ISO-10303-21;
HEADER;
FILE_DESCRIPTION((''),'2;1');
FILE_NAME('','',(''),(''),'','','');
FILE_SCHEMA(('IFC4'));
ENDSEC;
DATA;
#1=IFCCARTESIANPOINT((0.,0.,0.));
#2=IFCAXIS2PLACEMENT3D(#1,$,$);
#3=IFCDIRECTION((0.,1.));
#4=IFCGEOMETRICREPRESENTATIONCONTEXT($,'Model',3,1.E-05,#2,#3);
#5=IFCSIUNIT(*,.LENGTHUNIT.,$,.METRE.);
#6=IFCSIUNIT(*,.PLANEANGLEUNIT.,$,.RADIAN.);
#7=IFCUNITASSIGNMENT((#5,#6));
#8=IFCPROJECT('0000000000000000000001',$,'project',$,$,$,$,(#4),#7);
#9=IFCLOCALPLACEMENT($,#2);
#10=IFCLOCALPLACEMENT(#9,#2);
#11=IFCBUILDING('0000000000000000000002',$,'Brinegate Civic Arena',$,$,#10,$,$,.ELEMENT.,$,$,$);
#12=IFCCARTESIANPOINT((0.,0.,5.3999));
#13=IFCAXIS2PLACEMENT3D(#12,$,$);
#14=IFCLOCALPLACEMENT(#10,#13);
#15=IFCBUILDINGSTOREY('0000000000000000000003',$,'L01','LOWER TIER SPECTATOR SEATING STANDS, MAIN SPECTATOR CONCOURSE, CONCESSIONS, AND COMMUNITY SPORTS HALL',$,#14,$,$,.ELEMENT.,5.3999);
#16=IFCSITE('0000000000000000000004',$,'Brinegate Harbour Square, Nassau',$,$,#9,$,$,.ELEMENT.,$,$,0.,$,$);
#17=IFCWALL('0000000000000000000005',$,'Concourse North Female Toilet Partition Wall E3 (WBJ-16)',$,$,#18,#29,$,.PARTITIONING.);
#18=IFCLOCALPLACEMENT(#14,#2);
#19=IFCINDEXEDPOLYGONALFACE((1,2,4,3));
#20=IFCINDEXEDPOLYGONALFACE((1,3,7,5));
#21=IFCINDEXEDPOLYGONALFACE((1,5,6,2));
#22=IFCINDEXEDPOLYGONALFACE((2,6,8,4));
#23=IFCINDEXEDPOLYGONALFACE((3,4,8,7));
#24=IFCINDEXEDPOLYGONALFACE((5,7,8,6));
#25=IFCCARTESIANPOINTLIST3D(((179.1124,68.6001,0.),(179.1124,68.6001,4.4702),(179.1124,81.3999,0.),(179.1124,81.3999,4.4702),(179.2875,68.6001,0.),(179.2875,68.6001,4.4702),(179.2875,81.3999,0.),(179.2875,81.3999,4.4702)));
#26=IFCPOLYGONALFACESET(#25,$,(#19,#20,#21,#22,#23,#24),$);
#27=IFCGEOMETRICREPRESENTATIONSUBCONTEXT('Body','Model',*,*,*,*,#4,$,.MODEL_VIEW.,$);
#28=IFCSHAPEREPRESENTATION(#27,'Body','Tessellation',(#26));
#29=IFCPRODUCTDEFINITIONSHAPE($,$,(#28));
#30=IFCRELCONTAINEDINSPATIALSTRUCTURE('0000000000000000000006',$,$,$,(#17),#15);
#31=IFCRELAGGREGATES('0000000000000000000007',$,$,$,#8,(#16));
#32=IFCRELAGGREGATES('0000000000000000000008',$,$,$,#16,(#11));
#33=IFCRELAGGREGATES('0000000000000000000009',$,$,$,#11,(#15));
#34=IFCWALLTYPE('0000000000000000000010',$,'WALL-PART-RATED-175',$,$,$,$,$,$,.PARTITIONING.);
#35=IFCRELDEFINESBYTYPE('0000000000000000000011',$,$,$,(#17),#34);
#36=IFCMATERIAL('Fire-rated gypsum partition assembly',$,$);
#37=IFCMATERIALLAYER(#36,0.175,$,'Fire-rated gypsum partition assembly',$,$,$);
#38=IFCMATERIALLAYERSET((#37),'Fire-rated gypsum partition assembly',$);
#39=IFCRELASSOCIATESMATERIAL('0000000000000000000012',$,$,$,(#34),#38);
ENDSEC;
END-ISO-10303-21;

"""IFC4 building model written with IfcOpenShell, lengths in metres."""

from ifc_helpers import new_model, si_unit, direction, frame, frame_2d, origin, place, context, subcontext, project, spatial, rectangle, extrude, material, layer, layer_set, type_object, element, save


model = new_model("IFC4")

# Units and contexts
model_context = context("Model", 3, precision=1e-05, world=origin(), true_north=direction((0.0, 1.0)))
body_context = subcontext(model_context, "Body", "Model", "MODEL_VIEW")
ifc_project = project(units=[si_unit("LENGTHUNIT", "METRE"), si_unit("PLANEANGLEUNIT", "RADIAN")], contexts=[model_context])

# Site, building, storey
site_placement = place(None, origin())
site = spatial("IfcSite", under=ifc_project, at=site_placement, Name="Brinegate Harbour Square, Nassau", CompositionType="ELEMENT", RefElevation=0.0)
building_placement = place(site_placement, origin())
building = spatial("IfcBuilding", under=site, at=building_placement, Name="Brinegate Civic Arena", CompositionType="ELEMENT")
storey_placement = place(building_placement, frame((0.0, 0.0, 5.3999)))
storey = spatial("IfcBuildingStorey", under=building, at=storey_placement, Name="L01", Description="LOWER TIER SPECTATOR SEATING STANDS, MAIN SPECTATOR CONCOURSE, CONCESSIONS, AND COMMUNITY SPORTS HALL", CompositionType="ELEMENT", Elevation=5.3999)

# Shared definitions
ifc_material_1 = material(Name="Fire-rated gypsum partition assembly")
ifc_layer_1 = layer(ifc_material_1, 0.175, Name="Fire-rated gypsum partition assembly")
ifc_layer_set_1 = layer_set([ifc_layer_1], Name="Fire-rated gypsum partition assembly")
wall_type_1 = type_object("IfcWallType", Name="WALL-PART-RATED-175", PredefinedType="PARTITIONING", material=ifc_layer_set_1)

# Wall
wall_1_placement = place(storey_placement, frame((179.2, 68.6001, 0.0), z_axis=(0.0, 0.0, 1.0), x_axis=(0.0, 1.0, 0.0)))
element("IfcWall", 1, at=wall_1_placement, inside=storey, type_object=wall_type_1, Name="Concourse North Female Toilet Partition Wall E3 (WBJ-16)", PredefinedType="PARTITIONING", context=body_context, shape_type="SweptSolid", body=[
    extrude(rectangle(XDim=12.7998, YDim=0.175, at=frame_2d((6.3999, 0.0))), origin(), (0.0, 0.0, 1.0), 4.4702),
])

save(model, "model.ifc")
